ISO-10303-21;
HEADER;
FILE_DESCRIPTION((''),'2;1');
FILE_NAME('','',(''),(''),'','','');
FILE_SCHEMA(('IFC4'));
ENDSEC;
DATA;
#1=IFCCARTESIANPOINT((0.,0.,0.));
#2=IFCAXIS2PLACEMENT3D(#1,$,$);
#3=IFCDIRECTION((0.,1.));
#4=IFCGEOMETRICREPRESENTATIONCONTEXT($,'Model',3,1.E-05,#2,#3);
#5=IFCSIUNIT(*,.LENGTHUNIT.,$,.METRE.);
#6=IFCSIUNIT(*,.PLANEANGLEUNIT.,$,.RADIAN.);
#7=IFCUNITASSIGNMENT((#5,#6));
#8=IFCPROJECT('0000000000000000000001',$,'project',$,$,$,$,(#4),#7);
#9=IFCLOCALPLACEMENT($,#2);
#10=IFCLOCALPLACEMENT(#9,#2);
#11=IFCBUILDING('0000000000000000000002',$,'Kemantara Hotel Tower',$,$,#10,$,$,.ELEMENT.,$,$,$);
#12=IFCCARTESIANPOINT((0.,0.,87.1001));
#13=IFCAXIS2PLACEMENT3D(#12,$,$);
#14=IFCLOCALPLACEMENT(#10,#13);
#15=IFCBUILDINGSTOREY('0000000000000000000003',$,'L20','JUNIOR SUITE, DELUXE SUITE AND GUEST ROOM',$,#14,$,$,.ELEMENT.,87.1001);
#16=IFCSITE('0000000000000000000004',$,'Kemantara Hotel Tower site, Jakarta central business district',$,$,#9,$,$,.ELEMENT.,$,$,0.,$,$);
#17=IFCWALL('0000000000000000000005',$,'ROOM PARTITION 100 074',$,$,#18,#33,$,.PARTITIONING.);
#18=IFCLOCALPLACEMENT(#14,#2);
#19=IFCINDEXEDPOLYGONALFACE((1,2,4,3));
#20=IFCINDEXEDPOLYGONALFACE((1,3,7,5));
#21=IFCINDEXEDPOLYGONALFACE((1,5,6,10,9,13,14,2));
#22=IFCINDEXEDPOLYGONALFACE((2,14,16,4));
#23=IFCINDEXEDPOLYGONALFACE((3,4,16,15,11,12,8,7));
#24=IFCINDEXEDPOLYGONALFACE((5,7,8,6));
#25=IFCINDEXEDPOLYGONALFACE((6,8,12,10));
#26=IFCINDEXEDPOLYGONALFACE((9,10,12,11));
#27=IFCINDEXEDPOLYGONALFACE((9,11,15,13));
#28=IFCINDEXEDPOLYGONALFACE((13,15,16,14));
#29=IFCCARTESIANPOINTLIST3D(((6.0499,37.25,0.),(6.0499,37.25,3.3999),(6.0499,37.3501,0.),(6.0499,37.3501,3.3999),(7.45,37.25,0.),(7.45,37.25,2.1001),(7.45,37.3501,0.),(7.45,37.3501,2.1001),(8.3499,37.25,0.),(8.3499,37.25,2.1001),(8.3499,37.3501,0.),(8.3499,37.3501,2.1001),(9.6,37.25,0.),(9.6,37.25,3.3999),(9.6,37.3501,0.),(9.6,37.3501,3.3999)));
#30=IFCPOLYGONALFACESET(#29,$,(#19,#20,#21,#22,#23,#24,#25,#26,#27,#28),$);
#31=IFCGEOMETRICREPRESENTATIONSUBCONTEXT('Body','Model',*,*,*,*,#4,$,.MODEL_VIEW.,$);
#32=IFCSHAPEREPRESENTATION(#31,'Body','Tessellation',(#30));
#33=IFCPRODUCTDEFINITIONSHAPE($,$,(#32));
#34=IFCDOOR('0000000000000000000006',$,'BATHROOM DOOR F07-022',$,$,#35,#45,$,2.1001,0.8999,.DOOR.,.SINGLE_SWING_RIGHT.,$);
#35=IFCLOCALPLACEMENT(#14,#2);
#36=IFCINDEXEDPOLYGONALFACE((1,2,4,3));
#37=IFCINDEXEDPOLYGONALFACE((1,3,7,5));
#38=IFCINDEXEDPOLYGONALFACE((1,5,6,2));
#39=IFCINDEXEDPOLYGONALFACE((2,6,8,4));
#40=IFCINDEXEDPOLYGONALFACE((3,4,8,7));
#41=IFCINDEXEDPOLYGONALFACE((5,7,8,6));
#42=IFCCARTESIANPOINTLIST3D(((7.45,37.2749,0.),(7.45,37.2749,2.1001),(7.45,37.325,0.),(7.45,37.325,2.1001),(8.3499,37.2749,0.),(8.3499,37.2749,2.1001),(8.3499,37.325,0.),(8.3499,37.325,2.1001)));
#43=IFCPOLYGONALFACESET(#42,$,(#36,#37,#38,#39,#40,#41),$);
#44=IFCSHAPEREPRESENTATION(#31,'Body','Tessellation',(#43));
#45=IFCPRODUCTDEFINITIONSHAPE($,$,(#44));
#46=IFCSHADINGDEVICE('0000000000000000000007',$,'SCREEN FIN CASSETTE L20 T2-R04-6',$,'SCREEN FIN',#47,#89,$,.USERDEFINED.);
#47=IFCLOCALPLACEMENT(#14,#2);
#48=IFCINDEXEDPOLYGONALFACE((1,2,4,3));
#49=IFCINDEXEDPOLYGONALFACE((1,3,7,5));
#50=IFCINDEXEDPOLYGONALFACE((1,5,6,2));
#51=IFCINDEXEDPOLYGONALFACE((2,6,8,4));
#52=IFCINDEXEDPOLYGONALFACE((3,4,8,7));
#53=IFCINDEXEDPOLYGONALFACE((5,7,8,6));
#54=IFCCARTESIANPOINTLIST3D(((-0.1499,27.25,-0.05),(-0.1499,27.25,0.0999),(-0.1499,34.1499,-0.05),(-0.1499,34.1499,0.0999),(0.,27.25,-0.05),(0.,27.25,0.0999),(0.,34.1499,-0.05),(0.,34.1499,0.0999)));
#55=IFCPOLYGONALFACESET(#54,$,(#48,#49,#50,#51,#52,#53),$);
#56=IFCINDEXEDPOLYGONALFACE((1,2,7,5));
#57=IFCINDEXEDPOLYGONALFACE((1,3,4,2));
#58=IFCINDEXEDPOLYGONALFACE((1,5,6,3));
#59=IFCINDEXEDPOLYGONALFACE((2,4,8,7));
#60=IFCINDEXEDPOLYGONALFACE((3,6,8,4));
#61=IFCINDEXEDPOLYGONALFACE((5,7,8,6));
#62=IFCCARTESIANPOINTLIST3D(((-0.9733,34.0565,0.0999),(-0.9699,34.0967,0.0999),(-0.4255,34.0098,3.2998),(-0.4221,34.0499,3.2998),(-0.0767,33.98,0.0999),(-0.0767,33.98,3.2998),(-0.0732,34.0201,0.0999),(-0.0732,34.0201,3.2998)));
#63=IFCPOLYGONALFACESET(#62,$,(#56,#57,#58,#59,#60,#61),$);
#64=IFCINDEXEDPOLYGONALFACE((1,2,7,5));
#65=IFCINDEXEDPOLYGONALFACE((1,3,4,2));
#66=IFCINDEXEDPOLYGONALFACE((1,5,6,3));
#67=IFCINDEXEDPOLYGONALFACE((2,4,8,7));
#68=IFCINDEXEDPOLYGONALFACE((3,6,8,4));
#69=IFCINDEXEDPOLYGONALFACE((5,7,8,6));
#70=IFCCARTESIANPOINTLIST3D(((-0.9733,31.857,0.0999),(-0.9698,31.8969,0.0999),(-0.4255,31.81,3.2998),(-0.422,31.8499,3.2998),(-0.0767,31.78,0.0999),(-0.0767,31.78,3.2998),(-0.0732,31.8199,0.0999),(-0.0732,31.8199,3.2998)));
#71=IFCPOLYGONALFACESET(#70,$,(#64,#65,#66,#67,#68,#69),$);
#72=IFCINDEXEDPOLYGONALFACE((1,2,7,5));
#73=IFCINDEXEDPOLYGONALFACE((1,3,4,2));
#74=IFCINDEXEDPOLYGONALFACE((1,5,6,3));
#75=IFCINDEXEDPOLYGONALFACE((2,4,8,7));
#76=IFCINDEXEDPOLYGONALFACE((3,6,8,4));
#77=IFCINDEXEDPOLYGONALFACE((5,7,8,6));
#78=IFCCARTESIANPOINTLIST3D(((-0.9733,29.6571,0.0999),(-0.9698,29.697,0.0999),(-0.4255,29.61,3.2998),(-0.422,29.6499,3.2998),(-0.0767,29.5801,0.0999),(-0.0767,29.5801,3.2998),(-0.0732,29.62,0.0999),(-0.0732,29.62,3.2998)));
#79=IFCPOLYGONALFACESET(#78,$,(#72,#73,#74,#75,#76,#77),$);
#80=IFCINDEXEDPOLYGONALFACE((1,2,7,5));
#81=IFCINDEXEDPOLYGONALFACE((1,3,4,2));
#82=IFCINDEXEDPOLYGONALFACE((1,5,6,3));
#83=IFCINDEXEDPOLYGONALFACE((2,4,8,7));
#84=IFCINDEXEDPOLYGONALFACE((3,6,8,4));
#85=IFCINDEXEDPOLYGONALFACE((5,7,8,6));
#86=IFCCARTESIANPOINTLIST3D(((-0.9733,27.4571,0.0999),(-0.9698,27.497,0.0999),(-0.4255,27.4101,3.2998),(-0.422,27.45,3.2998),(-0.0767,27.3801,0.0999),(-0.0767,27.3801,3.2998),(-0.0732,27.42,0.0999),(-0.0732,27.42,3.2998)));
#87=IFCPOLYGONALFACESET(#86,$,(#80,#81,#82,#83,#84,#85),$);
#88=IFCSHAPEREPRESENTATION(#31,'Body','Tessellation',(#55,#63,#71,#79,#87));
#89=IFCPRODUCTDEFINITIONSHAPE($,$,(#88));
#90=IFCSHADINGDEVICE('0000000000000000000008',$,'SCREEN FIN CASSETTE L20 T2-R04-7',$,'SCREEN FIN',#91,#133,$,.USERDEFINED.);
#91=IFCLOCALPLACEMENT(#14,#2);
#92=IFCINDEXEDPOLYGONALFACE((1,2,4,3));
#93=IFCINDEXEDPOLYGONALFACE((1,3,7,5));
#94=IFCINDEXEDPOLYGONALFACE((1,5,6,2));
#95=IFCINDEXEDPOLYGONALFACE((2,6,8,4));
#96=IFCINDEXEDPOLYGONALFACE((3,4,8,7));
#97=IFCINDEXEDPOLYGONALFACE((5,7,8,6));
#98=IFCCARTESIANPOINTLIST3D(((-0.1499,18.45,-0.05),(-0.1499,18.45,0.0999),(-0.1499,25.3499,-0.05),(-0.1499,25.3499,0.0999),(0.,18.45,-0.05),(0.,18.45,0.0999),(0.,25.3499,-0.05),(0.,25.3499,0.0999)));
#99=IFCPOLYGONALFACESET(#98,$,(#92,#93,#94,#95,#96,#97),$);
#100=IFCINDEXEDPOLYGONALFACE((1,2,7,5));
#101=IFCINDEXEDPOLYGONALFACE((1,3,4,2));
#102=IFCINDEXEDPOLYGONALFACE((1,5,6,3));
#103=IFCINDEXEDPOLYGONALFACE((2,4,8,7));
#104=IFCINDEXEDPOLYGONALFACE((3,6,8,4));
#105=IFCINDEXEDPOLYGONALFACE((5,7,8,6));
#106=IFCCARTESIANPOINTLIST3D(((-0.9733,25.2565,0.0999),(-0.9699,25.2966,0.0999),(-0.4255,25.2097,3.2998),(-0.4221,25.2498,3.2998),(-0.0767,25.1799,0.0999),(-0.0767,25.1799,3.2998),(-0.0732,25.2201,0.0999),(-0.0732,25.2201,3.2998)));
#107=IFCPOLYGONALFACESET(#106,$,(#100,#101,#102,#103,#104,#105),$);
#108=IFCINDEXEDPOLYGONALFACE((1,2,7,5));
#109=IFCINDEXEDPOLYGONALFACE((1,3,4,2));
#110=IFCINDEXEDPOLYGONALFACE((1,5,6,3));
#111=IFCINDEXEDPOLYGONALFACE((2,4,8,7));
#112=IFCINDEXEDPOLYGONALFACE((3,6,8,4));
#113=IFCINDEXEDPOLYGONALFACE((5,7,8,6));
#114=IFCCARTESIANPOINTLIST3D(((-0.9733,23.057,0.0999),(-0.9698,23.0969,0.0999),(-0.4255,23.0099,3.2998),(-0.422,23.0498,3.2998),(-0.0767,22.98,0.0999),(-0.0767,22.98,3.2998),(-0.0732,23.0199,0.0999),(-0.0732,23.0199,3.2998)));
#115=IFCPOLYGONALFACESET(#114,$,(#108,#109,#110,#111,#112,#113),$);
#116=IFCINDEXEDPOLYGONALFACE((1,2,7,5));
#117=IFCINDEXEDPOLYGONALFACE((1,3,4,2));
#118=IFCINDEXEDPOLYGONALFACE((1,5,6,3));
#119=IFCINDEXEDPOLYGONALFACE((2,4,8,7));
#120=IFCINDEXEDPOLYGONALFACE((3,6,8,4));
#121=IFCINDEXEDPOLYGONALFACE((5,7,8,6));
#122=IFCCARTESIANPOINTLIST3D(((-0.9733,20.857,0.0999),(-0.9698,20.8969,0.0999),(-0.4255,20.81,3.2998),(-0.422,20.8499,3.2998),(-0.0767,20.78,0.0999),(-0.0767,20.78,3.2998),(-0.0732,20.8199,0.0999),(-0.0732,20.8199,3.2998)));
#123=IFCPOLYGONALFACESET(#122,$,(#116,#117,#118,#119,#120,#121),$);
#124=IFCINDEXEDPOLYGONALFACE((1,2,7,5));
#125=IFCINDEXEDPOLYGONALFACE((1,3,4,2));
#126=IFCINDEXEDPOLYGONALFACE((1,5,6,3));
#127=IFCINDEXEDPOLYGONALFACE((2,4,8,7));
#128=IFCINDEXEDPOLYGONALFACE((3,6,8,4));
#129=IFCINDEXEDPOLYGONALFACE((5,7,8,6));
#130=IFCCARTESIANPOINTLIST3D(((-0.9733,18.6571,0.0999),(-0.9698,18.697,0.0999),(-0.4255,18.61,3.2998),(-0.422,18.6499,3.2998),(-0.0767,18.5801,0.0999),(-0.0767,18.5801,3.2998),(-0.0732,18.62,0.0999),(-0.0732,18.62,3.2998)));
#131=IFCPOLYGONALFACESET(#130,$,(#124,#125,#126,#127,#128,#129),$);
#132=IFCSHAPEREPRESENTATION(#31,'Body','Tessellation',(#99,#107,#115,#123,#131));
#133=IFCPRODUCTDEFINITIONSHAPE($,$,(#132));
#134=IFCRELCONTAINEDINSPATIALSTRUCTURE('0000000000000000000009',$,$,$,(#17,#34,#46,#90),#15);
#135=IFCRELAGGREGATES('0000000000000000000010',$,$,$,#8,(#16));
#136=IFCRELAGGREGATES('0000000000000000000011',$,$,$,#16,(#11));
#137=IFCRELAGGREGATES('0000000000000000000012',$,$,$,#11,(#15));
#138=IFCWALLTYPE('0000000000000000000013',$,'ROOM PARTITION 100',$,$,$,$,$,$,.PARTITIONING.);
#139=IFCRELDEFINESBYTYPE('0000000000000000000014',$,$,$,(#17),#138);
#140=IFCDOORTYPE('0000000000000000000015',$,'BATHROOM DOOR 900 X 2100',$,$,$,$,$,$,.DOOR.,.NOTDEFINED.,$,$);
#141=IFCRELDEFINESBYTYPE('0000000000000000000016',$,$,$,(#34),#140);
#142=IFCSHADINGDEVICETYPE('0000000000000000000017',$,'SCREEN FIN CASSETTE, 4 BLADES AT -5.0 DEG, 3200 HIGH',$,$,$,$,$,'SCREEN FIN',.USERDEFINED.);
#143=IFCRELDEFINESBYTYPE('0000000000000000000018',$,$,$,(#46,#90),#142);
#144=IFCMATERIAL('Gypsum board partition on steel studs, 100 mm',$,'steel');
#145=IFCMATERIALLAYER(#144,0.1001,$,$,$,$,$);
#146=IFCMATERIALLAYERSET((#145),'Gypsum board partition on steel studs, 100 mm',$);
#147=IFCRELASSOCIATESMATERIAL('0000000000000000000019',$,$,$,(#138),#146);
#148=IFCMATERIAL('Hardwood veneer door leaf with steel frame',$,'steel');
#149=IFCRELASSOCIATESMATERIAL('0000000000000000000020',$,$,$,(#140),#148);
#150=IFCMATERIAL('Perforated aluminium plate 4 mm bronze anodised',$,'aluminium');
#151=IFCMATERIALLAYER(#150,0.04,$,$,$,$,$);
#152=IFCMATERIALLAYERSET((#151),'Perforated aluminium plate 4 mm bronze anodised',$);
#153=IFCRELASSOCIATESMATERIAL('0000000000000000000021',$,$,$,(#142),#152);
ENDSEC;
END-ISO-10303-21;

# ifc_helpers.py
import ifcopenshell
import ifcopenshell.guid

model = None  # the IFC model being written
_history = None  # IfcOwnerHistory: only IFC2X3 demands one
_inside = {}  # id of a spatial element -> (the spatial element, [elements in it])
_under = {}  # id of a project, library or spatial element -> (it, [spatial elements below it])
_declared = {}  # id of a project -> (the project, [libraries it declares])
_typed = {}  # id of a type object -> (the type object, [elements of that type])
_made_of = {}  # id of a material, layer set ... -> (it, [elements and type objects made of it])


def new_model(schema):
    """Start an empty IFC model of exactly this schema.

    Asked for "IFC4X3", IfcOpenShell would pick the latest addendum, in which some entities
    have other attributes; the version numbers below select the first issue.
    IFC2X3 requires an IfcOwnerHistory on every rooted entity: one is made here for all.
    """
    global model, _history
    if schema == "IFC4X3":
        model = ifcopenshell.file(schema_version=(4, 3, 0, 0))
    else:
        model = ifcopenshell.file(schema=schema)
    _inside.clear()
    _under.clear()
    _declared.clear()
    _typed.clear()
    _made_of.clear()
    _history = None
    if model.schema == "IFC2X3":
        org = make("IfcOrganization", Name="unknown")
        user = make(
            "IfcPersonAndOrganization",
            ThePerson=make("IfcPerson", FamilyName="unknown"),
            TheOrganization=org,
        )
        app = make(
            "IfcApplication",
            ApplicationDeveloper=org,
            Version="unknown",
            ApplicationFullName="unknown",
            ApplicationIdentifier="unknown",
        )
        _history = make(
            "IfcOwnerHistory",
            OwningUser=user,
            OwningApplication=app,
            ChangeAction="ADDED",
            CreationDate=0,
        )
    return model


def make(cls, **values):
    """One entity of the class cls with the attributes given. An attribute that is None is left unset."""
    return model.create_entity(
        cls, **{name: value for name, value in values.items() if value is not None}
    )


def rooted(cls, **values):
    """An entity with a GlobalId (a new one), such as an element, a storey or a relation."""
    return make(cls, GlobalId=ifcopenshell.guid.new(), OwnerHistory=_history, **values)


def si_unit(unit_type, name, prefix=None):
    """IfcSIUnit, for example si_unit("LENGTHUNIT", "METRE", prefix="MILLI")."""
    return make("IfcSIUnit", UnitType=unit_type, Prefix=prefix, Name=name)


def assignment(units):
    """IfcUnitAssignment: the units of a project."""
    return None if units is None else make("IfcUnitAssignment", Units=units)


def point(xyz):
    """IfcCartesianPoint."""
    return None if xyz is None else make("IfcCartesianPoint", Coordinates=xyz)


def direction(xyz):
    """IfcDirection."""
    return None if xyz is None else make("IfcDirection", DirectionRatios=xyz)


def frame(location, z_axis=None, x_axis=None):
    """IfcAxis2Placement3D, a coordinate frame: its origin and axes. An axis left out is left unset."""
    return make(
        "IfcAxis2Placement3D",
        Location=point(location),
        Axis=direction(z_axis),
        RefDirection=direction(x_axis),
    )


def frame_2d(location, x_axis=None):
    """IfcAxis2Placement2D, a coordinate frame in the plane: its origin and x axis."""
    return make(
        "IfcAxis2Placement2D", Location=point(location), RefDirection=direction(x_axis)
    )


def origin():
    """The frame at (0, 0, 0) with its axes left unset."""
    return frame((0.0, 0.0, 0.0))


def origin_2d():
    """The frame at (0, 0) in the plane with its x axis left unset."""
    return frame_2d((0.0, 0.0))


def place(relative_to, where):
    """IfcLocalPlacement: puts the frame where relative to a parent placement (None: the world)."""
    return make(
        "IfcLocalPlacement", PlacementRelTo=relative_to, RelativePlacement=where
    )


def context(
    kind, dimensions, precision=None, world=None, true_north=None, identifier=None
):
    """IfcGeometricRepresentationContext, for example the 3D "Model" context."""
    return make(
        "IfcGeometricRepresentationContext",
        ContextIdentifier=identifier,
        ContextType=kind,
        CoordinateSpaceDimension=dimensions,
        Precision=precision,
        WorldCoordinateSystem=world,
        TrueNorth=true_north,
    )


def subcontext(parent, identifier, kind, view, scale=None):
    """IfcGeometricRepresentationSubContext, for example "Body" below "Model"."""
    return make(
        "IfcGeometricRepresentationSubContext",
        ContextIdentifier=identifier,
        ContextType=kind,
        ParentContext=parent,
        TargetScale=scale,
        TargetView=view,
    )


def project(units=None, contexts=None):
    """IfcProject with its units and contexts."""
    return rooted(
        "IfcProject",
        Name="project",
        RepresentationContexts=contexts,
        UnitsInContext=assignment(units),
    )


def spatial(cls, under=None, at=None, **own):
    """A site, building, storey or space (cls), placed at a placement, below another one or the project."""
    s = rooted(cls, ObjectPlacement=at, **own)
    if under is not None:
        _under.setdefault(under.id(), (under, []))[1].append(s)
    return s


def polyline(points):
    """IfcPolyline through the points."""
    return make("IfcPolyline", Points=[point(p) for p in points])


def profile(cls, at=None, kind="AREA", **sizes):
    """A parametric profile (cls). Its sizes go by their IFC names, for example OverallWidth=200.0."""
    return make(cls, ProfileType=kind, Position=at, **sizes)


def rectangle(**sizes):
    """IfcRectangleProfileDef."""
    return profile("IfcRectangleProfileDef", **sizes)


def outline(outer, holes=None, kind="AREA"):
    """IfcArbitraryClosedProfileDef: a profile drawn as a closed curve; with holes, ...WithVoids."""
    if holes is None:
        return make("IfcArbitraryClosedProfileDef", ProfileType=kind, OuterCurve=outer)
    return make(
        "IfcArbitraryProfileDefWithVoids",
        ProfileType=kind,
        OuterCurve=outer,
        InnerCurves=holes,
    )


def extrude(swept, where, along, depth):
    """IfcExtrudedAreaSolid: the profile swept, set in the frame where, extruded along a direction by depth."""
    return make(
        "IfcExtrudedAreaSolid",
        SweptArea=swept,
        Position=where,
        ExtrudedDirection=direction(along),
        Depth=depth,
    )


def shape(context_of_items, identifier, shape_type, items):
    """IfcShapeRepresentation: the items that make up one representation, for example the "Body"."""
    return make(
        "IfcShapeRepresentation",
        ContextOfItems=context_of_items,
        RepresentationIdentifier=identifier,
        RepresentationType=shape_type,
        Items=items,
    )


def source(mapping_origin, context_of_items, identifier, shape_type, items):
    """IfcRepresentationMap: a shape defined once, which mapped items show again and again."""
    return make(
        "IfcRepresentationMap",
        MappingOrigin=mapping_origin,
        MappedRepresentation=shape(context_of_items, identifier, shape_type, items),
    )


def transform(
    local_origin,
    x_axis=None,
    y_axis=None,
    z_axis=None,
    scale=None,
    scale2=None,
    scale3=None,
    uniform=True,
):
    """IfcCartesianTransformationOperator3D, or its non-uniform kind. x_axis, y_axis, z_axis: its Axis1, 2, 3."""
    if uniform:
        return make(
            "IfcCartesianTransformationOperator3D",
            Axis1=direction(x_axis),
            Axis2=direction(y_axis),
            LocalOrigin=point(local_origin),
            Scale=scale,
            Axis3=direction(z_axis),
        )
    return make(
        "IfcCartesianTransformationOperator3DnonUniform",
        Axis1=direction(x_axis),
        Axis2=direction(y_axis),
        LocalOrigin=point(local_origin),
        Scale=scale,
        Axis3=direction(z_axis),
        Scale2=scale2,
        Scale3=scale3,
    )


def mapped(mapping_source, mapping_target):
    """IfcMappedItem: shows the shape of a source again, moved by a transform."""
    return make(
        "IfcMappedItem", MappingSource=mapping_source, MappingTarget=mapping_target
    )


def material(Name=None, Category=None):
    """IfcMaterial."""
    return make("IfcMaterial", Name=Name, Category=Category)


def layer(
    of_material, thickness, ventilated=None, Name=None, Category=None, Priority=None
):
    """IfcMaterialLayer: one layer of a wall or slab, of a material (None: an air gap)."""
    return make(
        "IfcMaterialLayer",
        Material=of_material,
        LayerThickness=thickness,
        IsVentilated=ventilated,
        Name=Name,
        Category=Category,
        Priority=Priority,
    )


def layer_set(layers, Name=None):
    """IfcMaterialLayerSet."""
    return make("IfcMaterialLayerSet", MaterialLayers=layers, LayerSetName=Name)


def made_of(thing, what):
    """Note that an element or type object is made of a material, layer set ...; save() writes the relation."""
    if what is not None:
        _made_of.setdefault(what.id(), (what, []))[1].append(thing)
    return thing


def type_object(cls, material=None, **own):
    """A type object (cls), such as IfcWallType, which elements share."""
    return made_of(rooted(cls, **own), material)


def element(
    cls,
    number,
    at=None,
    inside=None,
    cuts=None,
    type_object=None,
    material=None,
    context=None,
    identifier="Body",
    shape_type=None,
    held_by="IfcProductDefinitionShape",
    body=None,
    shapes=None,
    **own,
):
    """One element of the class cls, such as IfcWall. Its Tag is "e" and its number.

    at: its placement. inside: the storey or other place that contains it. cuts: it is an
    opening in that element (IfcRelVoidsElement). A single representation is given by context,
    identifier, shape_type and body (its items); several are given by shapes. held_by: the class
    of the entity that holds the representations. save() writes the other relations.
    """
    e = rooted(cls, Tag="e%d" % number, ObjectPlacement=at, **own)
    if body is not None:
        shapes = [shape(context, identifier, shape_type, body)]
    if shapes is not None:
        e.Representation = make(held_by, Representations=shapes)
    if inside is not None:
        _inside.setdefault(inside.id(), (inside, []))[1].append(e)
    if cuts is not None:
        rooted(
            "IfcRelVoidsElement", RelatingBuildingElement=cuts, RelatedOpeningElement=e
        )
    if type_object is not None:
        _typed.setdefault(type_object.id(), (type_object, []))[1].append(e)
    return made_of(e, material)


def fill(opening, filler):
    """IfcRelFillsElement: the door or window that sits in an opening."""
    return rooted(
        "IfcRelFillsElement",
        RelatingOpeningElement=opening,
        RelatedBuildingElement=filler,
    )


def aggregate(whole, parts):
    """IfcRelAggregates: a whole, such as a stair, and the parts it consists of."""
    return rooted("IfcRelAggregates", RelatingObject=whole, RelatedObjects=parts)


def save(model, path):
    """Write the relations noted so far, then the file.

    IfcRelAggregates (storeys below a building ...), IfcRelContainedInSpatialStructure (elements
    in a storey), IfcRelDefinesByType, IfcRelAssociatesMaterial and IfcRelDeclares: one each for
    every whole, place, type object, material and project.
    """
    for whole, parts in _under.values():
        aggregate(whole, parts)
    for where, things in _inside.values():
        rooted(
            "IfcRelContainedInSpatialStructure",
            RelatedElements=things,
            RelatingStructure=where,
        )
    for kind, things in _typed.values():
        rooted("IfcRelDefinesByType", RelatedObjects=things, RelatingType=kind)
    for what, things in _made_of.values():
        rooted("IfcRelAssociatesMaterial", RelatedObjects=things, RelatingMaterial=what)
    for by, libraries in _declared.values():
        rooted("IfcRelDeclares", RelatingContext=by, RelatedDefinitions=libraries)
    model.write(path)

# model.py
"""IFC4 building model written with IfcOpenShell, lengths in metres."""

from ifc_helpers import new_model, si_unit, direction, frame, frame_2d, origin, origin_2d, place, context, subcontext, project, spatial, polyline, rectangle, outline, extrude, source, transform, mapped, material, layer, layer_set, type_object, element, fill, save


model = new_model("IFC4")

# Units and contexts
model_context = context("Model", 3, precision=1e-05, world=origin(), true_north=direction((0.0, 1.0)))
body_context = subcontext(model_context, "Body", "Model", "MODEL_VIEW")
ifc_project = project(units=[si_unit("LENGTHUNIT", "METRE"), si_unit("PLANEANGLEUNIT", "RADIAN")], contexts=[model_context])

# Site, building, storey
site_placement = place(None, origin())
site = spatial("IfcSite", under=ifc_project, at=site_placement, Name="Kemantara Hotel Tower site, Jakarta central business district", CompositionType="ELEMENT", RefElevation=0.0)
building_placement = place(site_placement, origin())
building = spatial("IfcBuilding", under=site, at=building_placement, Name="Kemantara Hotel Tower", CompositionType="ELEMENT")
storey_placement = place(building_placement, frame((0.0, 0.0, 87.1001)))
storey = spatial("IfcBuildingStorey", under=building, at=storey_placement, Name="L20", Description="JUNIOR SUITE, DELUXE SUITE AND GUEST ROOM", CompositionType="ELEMENT", Elevation=87.1001)

# Shared definitions
ifc_material_1 = material(Name="Hardwood veneer door leaf with steel frame", Category="steel")

# Shared definitions
ifc_material_2 = material(Name="Gypsum board partition on steel studs, 100 mm", Category="steel")
ifc_layer_1 = layer(ifc_material_2, 0.1001)
ifc_layer_set_1 = layer_set([ifc_layer_1], Name="Gypsum board partition on steel studs, 100 mm")
wall_type_1 = type_object("IfcWallType", Name="ROOM PARTITION 100", PredefinedType="PARTITIONING", material=ifc_layer_set_1)

# Wall, opening, door
door_type_1 = type_object("IfcDoorType", Name="BATHROOM DOOR 900 X 2100", OperationType="NOTDEFINED", PredefinedType="DOOR", material=ifc_material_1)
wall_1_placement = place(storey_placement, frame((6.05, 37.3, 0.0), z_axis=(0.0, 0.0, 1.0), x_axis=(1.0, 0.0, 0.0)))
wall_1 = element("IfcWall", 1, at=wall_1_placement, inside=storey, type_object=wall_type_1, Name="ROOM PARTITION 100 074", PredefinedType="PARTITIONING", context=body_context, shape_type="SweptSolid", body=[
    extrude(rectangle(XDim=3.55, YDim=0.1001, at=frame_2d((1.7749, 0.0))), origin(), (0.0, 0.0, 1.0), 3.3999),
])
opening_1_placement = place(wall_1_placement, frame((1.3999, 0.0, 0.0)))
opening_1 = element("IfcOpeningElement", 2, at=opening_1_placement, cuts=wall_1, PredefinedType="OPENING", context=body_context, shape_type="SweptSolid", body=[
    extrude(rectangle(XDim=0.8999, YDim=2.1001, at=frame_2d((0.45, 1.05))), frame((0.0, 0.0601, 0.0), z_axis=(0.0, -1.0, 0.0), x_axis=(1.0, 0.0, 0.0)), (0.0, 0.0, 1.0), 0.1201),
])
door_1_placement = place(opening_1_placement, origin())
door_1 = element("IfcDoor", 3, at=door_1_placement, inside=storey, type_object=door_type_1, Name="BATHROOM DOOR F07-022", OperationType="SINGLE_SWING_RIGHT", OverallHeight=2.1001, OverallWidth=0.8999, PredefinedType="DOOR", context=body_context, shape_type="SweptSolid", body=[
    extrude(rectangle(XDim=0.8999, YDim=2.1001, at=frame_2d((0.45, 1.05))), frame((0.0, 0.0249, 0.0), z_axis=(0.0, -1.0, 0.0), x_axis=(1.0, 0.0, 0.0)), (0.0, 0.0, 1.0), 0.05),
])
fill(opening_1, door_1)

# Shading devices
ifc_material_3 = material(Name="Perforated aluminium plate 4 mm bronze anodised", Category="aluminium")
ifc_layer_2 = layer(ifc_material_3, 0.04)
ifc_layer_set_2 = layer_set([ifc_layer_2], Name="Perforated aluminium plate 4 mm bronze anodised")
shading_device_type = type_object("IfcShadingDeviceType", Name="SCREEN FIN CASSETTE, 4 BLADES AT -5.0 DEG, 3200 HIGH", ElementType="SCREEN FIN", PredefinedType="USERDEFINED", material=ifc_layer_set_2)
shared_shape = source(origin(), body_context, "Body", "SweptSolid", [
    extrude(rectangle(XDim=6.8999, YDim=0.1499, at=origin_2d()), frame((3.3, -0.075, -0.1499), z_axis=(0.0, 0.0, 1.0), x_axis=(1.0, 0.0, 0.0)), (0.0, 0.0, 1.0), 0.1499),
    extrude(outline(polyline([(0.0, 0.0), (0.8999, 0.0), (0.3501, 3.2), (0.0, 3.2), (0.0, 0.0)])), frame((0.02, -0.0767, 0.0), z_axis=(-0.996376, 0.085056, 0.0), x_axis=(-0.085056, -0.996376, 0.0)), (0.0, 0.0, 1.0), 0.0403),
    extrude(outline(polyline([(0.0, 0.0), (0.8999, 0.0), (0.3501, 3.2), (0.0, 3.2), (0.0, 0.0)])), frame((2.22, -0.0767, 0.0), z_axis=(-0.996332, 0.085575, 0.0), x_axis=(-0.085575, -0.996332, 0.0)), (0.0, 0.0, 1.0), 0.04),
    extrude(outline(polyline([(0.0, 0.0), (0.8999, 0.0), (0.3501, 3.2), (0.0, 3.2), (0.0, 0.0)])), frame((4.4199, -0.0767, 0.0), z_axis=(-0.996332, 0.085575, 0.0), x_axis=(-0.085575, -0.996332, 0.0)), (0.0, 0.0, 1.0), 0.04),
    extrude(outline(polyline([(0.0, 0.0), (0.8999, 0.0), (0.3501, 3.2), (0.0, 3.2), (0.0, 0.0)])), frame((6.6199, -0.0767, 0.0), z_axis=(-0.996332, 0.085575, 0.0), x_axis=(-0.085575, -0.996332, 0.0)), (0.0, 0.0, 1.0), 0.04),
])
for number, where, z_axis, x_axis, name in (
    (4, (0.0, 34.0, 0.0999), (0.0, 0.0, 1.0), (0.0, -1.0, 0.0), "SCREEN FIN CASSETTE L20 T2-R04-6"),
    (5, (0.0, 25.2, 0.0999), (0.0, 0.0, 1.0), (0.0, -1.0, 0.0), "SCREEN FIN CASSETTE L20 T2-R04-7"),
):
    element("IfcShadingDevice", number, at=place(storey_placement, frame(where, z_axis=z_axis, x_axis=x_axis)), inside=storey, type_object=shading_device_type, Name=name, ObjectType="SCREEN FIN", PredefinedType="USERDEFINED", context=body_context, shape_type="MappedRepresentation", body=[
        mapped(shared_shape, transform((0.0, 0.0, 0.0))),
    ])

save(model, "model.ifc")
